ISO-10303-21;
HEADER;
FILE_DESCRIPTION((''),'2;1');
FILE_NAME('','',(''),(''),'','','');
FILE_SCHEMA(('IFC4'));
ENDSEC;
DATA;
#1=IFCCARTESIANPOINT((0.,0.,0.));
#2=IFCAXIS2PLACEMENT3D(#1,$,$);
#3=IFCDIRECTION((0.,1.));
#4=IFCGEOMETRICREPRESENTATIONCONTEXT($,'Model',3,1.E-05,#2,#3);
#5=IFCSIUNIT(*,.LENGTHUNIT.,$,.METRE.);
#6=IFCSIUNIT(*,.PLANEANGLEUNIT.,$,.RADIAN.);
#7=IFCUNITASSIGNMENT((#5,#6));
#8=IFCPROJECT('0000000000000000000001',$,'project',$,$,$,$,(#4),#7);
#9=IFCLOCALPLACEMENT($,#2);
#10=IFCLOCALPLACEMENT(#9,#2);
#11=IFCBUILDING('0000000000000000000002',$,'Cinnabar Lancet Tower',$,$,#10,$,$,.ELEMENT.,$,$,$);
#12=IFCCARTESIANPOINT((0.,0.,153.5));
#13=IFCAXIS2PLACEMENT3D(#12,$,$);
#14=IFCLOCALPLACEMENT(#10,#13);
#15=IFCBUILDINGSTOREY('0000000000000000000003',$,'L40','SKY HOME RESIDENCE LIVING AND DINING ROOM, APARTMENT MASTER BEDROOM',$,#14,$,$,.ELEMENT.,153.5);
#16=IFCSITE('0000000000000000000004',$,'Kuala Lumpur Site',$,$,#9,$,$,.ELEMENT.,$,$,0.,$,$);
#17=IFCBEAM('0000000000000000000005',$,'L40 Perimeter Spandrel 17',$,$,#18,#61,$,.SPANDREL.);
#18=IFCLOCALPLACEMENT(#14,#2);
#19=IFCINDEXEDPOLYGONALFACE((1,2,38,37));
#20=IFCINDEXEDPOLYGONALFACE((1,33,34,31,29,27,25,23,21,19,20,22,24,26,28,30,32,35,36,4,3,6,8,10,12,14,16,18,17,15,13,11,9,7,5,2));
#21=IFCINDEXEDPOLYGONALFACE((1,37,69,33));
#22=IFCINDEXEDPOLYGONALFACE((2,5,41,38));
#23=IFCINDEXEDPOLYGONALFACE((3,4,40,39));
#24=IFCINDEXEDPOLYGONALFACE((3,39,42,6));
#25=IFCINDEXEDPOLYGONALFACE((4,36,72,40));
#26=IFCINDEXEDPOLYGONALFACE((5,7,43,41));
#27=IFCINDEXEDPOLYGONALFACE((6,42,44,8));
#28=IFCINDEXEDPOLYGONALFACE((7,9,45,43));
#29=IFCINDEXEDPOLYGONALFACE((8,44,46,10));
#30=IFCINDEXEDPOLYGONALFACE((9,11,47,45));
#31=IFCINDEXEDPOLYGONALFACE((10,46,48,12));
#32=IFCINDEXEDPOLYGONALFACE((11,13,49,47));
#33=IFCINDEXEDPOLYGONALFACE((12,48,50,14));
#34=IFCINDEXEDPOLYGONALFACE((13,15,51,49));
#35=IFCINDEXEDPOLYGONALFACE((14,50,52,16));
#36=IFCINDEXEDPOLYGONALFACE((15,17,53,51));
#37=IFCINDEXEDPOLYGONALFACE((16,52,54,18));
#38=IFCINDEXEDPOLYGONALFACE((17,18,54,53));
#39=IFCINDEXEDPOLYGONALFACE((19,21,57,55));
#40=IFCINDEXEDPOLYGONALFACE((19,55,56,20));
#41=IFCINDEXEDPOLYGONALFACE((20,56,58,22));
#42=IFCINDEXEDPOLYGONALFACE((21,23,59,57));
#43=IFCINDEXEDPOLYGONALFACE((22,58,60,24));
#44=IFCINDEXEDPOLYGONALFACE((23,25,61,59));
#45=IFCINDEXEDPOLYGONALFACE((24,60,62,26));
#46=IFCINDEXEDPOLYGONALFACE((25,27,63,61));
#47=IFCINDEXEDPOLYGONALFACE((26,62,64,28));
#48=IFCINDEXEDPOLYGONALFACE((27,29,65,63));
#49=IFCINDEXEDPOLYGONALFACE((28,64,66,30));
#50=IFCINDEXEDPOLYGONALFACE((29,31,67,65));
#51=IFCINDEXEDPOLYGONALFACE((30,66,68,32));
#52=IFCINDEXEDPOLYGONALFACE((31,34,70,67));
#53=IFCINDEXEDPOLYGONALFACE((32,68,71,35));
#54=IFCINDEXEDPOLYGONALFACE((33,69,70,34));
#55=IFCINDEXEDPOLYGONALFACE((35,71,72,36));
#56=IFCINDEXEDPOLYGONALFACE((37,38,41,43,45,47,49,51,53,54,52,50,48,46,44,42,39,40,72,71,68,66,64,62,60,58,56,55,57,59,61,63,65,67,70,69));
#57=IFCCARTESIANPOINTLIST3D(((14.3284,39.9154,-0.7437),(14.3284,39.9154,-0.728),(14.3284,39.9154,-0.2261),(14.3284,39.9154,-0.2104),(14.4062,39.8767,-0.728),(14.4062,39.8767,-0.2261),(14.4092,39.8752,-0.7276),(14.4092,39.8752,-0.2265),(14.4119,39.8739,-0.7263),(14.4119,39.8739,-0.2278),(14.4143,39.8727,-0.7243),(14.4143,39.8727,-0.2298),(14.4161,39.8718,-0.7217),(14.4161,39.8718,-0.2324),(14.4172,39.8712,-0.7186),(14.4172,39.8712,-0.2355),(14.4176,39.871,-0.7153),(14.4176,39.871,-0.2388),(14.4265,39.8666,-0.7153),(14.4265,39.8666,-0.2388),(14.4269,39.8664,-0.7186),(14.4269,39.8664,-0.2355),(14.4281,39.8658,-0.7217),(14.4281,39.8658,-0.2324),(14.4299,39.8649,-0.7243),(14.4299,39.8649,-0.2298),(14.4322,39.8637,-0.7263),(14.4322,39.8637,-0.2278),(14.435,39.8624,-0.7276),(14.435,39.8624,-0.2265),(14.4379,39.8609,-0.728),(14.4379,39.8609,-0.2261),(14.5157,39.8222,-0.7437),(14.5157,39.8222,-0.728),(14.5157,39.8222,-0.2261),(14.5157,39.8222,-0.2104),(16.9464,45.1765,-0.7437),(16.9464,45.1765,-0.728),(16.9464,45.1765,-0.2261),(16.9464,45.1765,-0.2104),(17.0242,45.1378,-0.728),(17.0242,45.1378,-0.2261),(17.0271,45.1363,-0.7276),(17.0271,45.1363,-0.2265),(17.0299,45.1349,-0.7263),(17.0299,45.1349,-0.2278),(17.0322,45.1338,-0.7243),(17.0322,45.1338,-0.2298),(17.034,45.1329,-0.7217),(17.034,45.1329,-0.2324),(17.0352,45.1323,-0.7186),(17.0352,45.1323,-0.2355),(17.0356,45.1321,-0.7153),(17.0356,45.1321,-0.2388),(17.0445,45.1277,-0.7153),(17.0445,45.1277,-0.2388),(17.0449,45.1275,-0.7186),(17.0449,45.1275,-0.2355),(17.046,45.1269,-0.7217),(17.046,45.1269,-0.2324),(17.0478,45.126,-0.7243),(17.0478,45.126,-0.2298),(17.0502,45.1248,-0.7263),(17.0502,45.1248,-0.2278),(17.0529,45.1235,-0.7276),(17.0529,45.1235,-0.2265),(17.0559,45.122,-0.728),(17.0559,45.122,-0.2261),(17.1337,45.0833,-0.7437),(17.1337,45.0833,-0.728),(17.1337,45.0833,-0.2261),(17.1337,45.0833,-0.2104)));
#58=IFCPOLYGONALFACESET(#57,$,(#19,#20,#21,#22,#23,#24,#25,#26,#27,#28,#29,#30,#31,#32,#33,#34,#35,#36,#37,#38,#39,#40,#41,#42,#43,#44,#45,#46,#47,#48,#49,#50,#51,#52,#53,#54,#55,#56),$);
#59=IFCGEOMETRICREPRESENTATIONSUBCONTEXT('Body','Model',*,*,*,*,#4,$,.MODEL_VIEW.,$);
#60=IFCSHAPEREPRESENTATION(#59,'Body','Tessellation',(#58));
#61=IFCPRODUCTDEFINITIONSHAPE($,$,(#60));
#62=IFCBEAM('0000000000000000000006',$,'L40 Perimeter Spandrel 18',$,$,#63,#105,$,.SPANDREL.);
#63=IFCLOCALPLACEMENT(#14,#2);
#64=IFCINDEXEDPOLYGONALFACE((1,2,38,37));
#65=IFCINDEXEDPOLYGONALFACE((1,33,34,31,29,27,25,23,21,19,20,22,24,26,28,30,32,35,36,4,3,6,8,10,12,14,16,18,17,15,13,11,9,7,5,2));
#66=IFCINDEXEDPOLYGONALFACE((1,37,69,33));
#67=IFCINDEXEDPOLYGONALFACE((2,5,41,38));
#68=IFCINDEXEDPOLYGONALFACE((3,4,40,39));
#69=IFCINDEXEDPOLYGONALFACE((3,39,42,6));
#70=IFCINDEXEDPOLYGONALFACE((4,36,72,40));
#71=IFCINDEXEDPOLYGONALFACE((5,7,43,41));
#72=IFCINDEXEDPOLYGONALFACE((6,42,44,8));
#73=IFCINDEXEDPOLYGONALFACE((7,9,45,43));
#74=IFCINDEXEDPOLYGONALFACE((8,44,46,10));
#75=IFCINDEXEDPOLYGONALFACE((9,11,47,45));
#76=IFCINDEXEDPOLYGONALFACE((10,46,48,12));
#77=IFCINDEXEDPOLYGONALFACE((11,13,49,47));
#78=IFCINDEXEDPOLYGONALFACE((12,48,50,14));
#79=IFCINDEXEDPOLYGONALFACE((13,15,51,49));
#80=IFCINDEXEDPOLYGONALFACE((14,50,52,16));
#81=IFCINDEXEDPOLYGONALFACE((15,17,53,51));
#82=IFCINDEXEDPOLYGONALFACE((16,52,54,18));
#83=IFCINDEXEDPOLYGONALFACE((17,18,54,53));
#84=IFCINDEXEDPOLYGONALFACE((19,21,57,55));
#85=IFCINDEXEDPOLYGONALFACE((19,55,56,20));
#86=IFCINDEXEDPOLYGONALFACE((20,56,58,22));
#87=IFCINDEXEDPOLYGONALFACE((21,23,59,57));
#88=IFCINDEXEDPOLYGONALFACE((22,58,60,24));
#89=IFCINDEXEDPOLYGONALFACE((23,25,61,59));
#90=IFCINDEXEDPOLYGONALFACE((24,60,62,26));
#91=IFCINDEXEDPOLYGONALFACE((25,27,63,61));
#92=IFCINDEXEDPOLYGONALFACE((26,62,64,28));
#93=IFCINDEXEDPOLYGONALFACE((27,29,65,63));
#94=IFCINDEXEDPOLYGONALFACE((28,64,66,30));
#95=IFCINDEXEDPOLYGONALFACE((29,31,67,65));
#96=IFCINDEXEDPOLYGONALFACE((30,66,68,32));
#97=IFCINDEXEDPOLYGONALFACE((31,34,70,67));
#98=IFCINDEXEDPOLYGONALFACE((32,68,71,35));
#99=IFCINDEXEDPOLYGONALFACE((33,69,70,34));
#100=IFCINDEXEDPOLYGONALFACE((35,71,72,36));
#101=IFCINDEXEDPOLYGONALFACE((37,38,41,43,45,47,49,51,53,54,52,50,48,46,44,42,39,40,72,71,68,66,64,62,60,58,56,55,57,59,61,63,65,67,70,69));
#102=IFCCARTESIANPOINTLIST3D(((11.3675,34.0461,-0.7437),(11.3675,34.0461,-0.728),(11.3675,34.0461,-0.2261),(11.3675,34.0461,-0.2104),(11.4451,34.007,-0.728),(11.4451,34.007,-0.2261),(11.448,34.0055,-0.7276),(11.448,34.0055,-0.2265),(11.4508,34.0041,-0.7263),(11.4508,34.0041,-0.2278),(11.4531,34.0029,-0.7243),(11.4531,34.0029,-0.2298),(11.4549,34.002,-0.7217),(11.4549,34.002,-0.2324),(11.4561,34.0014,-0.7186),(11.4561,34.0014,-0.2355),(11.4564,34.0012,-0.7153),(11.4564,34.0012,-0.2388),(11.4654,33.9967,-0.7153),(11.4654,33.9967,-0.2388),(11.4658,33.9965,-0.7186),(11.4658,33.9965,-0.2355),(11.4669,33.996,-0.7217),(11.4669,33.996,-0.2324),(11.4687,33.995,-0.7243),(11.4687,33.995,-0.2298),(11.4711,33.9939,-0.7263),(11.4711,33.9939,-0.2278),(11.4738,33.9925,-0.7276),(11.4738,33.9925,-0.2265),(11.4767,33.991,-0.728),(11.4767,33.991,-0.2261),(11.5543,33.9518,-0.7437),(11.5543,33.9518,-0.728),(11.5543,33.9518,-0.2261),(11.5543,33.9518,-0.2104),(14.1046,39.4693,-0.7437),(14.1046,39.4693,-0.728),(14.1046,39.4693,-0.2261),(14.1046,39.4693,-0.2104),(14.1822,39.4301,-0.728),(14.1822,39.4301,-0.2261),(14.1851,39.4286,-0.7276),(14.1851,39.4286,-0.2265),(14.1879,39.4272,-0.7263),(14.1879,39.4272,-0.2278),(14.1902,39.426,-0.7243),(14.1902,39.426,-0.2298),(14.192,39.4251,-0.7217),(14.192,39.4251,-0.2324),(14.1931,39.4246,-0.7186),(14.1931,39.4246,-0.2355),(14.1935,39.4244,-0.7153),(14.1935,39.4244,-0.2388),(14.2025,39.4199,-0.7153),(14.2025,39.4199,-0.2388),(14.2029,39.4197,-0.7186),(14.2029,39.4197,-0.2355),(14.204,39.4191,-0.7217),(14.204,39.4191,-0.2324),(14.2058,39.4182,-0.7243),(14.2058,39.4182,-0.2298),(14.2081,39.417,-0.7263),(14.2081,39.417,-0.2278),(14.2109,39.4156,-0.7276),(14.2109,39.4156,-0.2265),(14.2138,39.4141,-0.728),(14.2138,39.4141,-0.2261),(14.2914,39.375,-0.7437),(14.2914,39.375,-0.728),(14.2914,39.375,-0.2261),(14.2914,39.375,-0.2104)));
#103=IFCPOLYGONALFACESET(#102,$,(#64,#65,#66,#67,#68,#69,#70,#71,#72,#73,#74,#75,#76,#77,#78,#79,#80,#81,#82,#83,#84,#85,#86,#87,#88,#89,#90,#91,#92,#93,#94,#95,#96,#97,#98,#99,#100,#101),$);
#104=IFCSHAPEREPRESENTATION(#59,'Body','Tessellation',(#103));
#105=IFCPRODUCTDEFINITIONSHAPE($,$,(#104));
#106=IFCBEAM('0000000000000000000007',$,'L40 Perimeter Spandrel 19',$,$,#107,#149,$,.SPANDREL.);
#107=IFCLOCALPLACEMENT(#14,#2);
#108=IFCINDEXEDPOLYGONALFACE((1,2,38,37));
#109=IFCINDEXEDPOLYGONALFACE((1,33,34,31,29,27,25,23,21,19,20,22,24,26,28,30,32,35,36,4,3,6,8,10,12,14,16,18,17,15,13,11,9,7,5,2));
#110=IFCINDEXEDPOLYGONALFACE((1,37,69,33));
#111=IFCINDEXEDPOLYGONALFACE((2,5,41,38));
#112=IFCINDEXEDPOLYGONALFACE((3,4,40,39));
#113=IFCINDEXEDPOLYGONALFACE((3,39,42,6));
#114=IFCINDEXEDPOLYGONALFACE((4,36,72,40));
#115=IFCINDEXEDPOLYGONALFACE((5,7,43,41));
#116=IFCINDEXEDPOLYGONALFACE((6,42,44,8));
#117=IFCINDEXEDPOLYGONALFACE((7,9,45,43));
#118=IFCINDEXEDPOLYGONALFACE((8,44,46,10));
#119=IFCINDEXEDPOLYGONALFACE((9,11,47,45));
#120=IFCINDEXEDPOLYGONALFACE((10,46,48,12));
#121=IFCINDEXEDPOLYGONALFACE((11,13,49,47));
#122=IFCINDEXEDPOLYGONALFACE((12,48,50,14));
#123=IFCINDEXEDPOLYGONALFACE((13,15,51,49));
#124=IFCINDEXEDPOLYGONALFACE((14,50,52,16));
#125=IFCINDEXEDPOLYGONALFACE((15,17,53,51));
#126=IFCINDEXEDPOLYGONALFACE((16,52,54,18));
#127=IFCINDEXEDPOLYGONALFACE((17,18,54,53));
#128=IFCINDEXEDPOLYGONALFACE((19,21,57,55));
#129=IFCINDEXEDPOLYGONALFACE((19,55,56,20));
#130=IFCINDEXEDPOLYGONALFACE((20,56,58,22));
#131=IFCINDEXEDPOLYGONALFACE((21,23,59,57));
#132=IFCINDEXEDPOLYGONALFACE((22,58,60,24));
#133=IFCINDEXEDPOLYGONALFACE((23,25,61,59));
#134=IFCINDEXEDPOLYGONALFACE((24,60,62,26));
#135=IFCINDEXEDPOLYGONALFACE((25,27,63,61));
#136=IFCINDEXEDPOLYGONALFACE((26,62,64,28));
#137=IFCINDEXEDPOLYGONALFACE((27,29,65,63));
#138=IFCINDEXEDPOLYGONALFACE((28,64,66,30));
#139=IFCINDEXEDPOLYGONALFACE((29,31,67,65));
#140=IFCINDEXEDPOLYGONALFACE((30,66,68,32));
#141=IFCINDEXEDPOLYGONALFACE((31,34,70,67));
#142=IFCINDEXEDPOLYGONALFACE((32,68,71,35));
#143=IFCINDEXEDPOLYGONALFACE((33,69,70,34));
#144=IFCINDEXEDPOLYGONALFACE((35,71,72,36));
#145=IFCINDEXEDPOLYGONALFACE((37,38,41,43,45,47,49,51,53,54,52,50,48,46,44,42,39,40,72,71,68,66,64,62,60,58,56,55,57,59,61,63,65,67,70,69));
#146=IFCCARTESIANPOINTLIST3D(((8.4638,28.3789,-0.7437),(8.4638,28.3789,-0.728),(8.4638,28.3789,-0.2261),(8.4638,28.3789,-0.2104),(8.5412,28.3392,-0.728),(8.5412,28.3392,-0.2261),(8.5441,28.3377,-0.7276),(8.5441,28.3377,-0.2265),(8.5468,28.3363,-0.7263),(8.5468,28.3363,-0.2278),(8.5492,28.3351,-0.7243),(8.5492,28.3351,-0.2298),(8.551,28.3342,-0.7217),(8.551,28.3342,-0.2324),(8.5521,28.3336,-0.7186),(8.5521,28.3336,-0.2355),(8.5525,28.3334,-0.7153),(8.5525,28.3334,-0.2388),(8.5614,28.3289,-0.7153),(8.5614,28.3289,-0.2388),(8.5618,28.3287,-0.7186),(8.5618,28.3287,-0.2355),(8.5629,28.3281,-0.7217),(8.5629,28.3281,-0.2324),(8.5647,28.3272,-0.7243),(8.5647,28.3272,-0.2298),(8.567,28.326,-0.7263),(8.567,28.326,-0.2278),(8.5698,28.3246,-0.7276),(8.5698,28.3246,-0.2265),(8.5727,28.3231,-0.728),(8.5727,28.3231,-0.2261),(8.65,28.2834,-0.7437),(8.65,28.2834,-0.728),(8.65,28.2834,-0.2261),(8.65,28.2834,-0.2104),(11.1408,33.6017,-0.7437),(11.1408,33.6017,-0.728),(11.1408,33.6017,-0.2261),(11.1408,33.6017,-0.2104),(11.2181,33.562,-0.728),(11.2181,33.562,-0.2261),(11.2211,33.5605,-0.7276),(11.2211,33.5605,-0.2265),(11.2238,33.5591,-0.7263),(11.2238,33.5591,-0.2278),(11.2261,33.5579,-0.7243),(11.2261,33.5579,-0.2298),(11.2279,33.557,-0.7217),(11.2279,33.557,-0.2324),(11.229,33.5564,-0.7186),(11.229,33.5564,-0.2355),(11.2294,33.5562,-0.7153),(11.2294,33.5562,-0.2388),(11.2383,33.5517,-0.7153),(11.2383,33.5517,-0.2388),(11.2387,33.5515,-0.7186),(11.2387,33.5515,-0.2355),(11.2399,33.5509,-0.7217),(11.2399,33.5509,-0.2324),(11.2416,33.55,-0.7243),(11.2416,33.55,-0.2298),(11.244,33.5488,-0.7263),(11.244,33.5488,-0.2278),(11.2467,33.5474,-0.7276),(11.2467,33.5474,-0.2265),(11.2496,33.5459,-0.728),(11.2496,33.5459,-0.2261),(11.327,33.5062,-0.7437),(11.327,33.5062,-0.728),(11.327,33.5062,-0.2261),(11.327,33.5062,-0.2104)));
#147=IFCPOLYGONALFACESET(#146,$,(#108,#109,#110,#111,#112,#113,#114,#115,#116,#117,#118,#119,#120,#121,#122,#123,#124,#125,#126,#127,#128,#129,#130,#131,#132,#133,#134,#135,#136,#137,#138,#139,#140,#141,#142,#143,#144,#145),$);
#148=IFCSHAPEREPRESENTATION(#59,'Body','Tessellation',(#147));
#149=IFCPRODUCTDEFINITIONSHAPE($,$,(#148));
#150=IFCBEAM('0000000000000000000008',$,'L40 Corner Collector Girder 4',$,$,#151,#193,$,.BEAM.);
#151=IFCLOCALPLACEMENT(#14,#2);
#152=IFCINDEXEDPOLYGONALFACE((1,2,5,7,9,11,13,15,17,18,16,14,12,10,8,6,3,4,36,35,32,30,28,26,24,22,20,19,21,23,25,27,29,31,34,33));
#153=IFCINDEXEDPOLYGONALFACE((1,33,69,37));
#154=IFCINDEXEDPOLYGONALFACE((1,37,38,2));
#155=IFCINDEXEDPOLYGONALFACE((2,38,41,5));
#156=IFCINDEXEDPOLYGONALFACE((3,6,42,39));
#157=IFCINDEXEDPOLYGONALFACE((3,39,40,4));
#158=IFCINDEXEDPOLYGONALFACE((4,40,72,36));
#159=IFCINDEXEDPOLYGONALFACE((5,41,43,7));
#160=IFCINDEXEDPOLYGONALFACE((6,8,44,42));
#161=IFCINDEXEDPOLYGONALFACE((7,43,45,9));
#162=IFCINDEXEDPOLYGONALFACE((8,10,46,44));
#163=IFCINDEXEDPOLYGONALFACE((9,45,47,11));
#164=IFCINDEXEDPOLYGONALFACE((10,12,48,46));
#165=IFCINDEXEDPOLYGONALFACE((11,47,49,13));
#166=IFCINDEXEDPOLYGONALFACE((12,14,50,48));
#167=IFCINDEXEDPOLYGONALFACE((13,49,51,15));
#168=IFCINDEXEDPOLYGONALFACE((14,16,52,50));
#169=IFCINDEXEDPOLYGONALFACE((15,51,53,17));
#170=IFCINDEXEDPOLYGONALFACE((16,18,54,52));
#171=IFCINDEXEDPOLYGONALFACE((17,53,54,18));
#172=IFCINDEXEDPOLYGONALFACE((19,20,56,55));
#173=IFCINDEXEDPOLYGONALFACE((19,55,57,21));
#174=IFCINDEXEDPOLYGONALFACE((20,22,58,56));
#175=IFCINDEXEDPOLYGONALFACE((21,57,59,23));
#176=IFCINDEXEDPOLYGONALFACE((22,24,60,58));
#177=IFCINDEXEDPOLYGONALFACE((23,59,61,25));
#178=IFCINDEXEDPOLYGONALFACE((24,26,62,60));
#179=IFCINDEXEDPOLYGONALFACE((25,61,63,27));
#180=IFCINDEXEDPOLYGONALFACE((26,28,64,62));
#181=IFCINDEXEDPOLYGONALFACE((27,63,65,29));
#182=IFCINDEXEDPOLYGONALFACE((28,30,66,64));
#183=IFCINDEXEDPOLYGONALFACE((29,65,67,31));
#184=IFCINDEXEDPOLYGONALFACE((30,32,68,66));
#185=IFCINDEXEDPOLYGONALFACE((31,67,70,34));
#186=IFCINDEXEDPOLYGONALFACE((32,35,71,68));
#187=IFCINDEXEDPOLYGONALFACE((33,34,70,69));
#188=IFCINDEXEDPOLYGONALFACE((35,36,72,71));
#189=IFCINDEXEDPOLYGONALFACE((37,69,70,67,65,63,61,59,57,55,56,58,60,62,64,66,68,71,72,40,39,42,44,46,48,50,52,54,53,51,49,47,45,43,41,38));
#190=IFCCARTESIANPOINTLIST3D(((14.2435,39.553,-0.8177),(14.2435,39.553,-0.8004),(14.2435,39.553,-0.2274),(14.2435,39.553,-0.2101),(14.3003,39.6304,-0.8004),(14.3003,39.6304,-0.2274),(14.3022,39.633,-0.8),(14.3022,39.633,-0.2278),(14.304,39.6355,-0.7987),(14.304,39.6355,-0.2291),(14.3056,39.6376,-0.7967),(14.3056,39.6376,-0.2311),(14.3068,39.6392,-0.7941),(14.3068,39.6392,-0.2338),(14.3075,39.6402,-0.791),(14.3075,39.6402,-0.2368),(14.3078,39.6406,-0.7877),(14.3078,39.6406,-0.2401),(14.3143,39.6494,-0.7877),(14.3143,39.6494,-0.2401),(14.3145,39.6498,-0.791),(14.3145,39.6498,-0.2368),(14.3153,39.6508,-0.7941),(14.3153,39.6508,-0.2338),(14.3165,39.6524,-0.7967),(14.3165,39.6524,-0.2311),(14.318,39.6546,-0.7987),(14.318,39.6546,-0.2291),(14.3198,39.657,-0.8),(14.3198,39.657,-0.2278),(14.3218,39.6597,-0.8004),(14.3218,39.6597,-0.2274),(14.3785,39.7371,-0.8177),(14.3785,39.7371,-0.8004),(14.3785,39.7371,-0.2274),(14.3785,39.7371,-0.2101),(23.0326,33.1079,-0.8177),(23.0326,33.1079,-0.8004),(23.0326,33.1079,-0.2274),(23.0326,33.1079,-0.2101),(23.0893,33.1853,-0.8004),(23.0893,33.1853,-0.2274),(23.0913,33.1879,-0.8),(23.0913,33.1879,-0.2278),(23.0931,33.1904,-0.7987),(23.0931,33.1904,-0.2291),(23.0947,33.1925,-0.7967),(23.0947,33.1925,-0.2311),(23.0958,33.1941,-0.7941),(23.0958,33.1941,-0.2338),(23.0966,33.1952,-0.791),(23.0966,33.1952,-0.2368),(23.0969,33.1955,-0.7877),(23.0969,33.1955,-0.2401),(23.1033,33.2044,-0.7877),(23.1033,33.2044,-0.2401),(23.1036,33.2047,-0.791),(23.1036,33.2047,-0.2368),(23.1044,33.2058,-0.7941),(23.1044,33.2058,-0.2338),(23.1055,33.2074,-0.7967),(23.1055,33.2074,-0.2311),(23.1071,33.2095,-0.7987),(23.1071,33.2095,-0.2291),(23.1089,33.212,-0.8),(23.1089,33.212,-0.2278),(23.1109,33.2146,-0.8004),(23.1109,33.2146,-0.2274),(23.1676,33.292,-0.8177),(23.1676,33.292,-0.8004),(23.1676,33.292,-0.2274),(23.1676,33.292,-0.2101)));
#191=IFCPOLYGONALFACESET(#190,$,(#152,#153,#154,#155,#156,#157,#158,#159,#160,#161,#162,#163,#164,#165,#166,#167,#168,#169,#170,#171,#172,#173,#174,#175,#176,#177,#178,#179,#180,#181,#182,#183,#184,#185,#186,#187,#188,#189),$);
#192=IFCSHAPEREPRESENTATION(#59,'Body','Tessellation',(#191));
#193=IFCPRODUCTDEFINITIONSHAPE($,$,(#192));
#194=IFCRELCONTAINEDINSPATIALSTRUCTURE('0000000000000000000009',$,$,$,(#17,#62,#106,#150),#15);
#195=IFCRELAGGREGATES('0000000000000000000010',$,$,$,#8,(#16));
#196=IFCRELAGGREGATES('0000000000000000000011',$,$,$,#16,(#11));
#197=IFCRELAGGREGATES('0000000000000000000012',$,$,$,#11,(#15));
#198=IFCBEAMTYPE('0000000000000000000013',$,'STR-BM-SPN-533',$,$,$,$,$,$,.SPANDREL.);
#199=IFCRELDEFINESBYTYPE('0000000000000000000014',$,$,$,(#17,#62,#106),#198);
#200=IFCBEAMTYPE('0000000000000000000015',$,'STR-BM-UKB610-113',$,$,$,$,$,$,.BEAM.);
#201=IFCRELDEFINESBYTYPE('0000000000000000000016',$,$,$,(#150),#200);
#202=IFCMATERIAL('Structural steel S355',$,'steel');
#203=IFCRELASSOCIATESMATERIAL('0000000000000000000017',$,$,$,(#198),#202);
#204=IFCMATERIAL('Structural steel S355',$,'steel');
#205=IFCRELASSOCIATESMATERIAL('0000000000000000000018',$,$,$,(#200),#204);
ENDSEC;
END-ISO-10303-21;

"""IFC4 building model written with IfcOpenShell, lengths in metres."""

from ifc_helpers import new_model, si_unit, direction, frame, origin, origin_2d, place, context, subcontext, project, spatial, i_section, extrude, material, material_profile, profile_set, type_object, element, save


model = new_model("IFC4")

# Units and contexts
model_context = context("Model", 3, precision=1e-05, world=origin(), true_north=direction((0.0, 1.0)))
body_context = subcontext(model_context, "Body", "Model", "MODEL_VIEW")
ifc_project = project(units=[si_unit("LENGTHUNIT", "METRE"), si_unit("PLANEANGLEUNIT", "RADIAN")], contexts=[model_context])

# Site, building, storey
site_placement = place(None, origin())
site = spatial("IfcSite", under=ifc_project, at=site_placement, Name="Kuala Lumpur Site", CompositionType="ELEMENT", RefElevation=0.0)
building_placement = place(site_placement, origin())
building = spatial("IfcBuilding", under=site, at=building_placement, Name="Cinnabar Lancet Tower", CompositionType="ELEMENT")
storey_placement = place(building_placement, frame((0.0, 0.0, 153.5)))
storey = spatial("IfcBuildingStorey", under=building, at=storey_placement, Name="L40", Description="SKY HOME RESIDENCE LIVING AND DINING ROOM, APARTMENT MASTER BEDROOM", CompositionType="ELEMENT", Elevation=153.5)

# Beams
ifc_material_1 = material(Name="Structural steel S355", Category="steel")
ifc_material_profile_1 = material_profile(ifc_material_1, i_section(OverallWidth=0.2092, OverallDepth=0.5332, WebThickness=0.01, FlangeThickness=0.0156, FilletRadius=0.0127, at=origin_2d()), Name="UKB 533x210x92")
ifc_profile_set_1 = profile_set([ifc_material_profile_1], Name="Structural steel S355")
beam_type_1 = type_object("IfcBeamType", Name="STR-BM-SPN-533", PredefinedType="SPANDREL", material=ifc_profile_set_1)
beam_1_placement = place(storey_placement, frame((17.04, 45.1299, -0.4771), z_axis=(-0.445501, -0.895281, 0.0), x_axis=(0.895281, -0.445501, 0.0)))
element("IfcBeam", 1, at=beam_1_placement, inside=storey, type_object=beam_type_1, Name="L40 Perimeter Spandrel 17", PredefinedType="SPANDREL", context=body_context, shape_type="SweptSolid", body=[
    extrude(i_section(OverallWidth=0.2092, OverallDepth=0.5332, WebThickness=0.01, FlangeThickness=0.0156, FilletRadius=0.0127, at=origin_2d()), origin(), (0.0, 0.0, 1.0), 5.8765),
])
beam_2_placement = place(storey_placement, frame((14.198, 39.4221, -0.4771), z_axis=(-0.45057, -0.892741, 0.0), x_axis=(0.892741, -0.45057, 0.0)))
element("IfcBeam", 2, at=beam_2_placement, inside=storey, type_object=beam_type_1, Name="L40 Perimeter Spandrel 18", PredefinedType="SPANDREL", context=body_context, shape_type="SweptSolid", body=[
    extrude(i_section(OverallWidth=0.2092, OverallDepth=0.5332, WebThickness=0.01, FlangeThickness=0.0156, FilletRadius=0.0127, at=origin_2d()), origin(), (0.0, 0.0, 1.0), 6.0747),
])
beam_3_placement = place(storey_placement, frame((11.2339, 33.554, -0.4771), z_axis=(-0.456127, -0.889915, 0.0), x_axis=(0.889915, -0.456127, 0.0)))
element("IfcBeam", 3, at=beam_3_placement, inside=storey, type_object=beam_type_1, Name="L40 Perimeter Spandrel 19", PredefinedType="SPANDREL", context=body_context, shape_type="SweptSolid", body=[
    extrude(i_section(OverallWidth=0.2092, OverallDepth=0.5332, WebThickness=0.01, FlangeThickness=0.0156, FilletRadius=0.0127, at=origin_2d()), origin(), (0.0, 0.0, 1.0), 5.8689),
])
ifc_material_2 = material(Name="Structural steel S355", Category="steel")
ifc_material_profile_2 = material_profile(ifc_material_2, i_section(OverallWidth=0.2283, OverallDepth=0.6077, WebThickness=0.011, FlangeThickness=0.0173, FilletRadius=0.0127, at=origin_2d()), Name="UKB 610x229x113")
ifc_profile_set_2 = profile_set([ifc_material_profile_2], Name="Structural steel S355")
beam_type_2 = type_object("IfcBeamType", Name="STR-BM-UKB610-113", PredefinedType="BEAM", material=ifc_profile_set_2)
beam_4_placement = place(storey_placement, frame((14.311, 39.645, -0.5139), z_axis=(0.806416, -0.591349, 0.0), x_axis=(0.591349, 0.806416, 0.0)))
element("IfcBeam", 4, at=beam_4_placement, inside=storey, type_object=beam_type_2, Name="L40 Corner Collector Girder 4", PredefinedType="BEAM", context=body_context, shape_type="SweptSolid", body=[
    extrude(i_section(OverallWidth=0.2283, OverallDepth=0.6077, WebThickness=0.011, FlangeThickness=0.0173, FilletRadius=0.0127, at=origin_2d()), origin(), (0.0, 0.0, 1.0), 10.8989),
])

save(model, "model.ifc")
